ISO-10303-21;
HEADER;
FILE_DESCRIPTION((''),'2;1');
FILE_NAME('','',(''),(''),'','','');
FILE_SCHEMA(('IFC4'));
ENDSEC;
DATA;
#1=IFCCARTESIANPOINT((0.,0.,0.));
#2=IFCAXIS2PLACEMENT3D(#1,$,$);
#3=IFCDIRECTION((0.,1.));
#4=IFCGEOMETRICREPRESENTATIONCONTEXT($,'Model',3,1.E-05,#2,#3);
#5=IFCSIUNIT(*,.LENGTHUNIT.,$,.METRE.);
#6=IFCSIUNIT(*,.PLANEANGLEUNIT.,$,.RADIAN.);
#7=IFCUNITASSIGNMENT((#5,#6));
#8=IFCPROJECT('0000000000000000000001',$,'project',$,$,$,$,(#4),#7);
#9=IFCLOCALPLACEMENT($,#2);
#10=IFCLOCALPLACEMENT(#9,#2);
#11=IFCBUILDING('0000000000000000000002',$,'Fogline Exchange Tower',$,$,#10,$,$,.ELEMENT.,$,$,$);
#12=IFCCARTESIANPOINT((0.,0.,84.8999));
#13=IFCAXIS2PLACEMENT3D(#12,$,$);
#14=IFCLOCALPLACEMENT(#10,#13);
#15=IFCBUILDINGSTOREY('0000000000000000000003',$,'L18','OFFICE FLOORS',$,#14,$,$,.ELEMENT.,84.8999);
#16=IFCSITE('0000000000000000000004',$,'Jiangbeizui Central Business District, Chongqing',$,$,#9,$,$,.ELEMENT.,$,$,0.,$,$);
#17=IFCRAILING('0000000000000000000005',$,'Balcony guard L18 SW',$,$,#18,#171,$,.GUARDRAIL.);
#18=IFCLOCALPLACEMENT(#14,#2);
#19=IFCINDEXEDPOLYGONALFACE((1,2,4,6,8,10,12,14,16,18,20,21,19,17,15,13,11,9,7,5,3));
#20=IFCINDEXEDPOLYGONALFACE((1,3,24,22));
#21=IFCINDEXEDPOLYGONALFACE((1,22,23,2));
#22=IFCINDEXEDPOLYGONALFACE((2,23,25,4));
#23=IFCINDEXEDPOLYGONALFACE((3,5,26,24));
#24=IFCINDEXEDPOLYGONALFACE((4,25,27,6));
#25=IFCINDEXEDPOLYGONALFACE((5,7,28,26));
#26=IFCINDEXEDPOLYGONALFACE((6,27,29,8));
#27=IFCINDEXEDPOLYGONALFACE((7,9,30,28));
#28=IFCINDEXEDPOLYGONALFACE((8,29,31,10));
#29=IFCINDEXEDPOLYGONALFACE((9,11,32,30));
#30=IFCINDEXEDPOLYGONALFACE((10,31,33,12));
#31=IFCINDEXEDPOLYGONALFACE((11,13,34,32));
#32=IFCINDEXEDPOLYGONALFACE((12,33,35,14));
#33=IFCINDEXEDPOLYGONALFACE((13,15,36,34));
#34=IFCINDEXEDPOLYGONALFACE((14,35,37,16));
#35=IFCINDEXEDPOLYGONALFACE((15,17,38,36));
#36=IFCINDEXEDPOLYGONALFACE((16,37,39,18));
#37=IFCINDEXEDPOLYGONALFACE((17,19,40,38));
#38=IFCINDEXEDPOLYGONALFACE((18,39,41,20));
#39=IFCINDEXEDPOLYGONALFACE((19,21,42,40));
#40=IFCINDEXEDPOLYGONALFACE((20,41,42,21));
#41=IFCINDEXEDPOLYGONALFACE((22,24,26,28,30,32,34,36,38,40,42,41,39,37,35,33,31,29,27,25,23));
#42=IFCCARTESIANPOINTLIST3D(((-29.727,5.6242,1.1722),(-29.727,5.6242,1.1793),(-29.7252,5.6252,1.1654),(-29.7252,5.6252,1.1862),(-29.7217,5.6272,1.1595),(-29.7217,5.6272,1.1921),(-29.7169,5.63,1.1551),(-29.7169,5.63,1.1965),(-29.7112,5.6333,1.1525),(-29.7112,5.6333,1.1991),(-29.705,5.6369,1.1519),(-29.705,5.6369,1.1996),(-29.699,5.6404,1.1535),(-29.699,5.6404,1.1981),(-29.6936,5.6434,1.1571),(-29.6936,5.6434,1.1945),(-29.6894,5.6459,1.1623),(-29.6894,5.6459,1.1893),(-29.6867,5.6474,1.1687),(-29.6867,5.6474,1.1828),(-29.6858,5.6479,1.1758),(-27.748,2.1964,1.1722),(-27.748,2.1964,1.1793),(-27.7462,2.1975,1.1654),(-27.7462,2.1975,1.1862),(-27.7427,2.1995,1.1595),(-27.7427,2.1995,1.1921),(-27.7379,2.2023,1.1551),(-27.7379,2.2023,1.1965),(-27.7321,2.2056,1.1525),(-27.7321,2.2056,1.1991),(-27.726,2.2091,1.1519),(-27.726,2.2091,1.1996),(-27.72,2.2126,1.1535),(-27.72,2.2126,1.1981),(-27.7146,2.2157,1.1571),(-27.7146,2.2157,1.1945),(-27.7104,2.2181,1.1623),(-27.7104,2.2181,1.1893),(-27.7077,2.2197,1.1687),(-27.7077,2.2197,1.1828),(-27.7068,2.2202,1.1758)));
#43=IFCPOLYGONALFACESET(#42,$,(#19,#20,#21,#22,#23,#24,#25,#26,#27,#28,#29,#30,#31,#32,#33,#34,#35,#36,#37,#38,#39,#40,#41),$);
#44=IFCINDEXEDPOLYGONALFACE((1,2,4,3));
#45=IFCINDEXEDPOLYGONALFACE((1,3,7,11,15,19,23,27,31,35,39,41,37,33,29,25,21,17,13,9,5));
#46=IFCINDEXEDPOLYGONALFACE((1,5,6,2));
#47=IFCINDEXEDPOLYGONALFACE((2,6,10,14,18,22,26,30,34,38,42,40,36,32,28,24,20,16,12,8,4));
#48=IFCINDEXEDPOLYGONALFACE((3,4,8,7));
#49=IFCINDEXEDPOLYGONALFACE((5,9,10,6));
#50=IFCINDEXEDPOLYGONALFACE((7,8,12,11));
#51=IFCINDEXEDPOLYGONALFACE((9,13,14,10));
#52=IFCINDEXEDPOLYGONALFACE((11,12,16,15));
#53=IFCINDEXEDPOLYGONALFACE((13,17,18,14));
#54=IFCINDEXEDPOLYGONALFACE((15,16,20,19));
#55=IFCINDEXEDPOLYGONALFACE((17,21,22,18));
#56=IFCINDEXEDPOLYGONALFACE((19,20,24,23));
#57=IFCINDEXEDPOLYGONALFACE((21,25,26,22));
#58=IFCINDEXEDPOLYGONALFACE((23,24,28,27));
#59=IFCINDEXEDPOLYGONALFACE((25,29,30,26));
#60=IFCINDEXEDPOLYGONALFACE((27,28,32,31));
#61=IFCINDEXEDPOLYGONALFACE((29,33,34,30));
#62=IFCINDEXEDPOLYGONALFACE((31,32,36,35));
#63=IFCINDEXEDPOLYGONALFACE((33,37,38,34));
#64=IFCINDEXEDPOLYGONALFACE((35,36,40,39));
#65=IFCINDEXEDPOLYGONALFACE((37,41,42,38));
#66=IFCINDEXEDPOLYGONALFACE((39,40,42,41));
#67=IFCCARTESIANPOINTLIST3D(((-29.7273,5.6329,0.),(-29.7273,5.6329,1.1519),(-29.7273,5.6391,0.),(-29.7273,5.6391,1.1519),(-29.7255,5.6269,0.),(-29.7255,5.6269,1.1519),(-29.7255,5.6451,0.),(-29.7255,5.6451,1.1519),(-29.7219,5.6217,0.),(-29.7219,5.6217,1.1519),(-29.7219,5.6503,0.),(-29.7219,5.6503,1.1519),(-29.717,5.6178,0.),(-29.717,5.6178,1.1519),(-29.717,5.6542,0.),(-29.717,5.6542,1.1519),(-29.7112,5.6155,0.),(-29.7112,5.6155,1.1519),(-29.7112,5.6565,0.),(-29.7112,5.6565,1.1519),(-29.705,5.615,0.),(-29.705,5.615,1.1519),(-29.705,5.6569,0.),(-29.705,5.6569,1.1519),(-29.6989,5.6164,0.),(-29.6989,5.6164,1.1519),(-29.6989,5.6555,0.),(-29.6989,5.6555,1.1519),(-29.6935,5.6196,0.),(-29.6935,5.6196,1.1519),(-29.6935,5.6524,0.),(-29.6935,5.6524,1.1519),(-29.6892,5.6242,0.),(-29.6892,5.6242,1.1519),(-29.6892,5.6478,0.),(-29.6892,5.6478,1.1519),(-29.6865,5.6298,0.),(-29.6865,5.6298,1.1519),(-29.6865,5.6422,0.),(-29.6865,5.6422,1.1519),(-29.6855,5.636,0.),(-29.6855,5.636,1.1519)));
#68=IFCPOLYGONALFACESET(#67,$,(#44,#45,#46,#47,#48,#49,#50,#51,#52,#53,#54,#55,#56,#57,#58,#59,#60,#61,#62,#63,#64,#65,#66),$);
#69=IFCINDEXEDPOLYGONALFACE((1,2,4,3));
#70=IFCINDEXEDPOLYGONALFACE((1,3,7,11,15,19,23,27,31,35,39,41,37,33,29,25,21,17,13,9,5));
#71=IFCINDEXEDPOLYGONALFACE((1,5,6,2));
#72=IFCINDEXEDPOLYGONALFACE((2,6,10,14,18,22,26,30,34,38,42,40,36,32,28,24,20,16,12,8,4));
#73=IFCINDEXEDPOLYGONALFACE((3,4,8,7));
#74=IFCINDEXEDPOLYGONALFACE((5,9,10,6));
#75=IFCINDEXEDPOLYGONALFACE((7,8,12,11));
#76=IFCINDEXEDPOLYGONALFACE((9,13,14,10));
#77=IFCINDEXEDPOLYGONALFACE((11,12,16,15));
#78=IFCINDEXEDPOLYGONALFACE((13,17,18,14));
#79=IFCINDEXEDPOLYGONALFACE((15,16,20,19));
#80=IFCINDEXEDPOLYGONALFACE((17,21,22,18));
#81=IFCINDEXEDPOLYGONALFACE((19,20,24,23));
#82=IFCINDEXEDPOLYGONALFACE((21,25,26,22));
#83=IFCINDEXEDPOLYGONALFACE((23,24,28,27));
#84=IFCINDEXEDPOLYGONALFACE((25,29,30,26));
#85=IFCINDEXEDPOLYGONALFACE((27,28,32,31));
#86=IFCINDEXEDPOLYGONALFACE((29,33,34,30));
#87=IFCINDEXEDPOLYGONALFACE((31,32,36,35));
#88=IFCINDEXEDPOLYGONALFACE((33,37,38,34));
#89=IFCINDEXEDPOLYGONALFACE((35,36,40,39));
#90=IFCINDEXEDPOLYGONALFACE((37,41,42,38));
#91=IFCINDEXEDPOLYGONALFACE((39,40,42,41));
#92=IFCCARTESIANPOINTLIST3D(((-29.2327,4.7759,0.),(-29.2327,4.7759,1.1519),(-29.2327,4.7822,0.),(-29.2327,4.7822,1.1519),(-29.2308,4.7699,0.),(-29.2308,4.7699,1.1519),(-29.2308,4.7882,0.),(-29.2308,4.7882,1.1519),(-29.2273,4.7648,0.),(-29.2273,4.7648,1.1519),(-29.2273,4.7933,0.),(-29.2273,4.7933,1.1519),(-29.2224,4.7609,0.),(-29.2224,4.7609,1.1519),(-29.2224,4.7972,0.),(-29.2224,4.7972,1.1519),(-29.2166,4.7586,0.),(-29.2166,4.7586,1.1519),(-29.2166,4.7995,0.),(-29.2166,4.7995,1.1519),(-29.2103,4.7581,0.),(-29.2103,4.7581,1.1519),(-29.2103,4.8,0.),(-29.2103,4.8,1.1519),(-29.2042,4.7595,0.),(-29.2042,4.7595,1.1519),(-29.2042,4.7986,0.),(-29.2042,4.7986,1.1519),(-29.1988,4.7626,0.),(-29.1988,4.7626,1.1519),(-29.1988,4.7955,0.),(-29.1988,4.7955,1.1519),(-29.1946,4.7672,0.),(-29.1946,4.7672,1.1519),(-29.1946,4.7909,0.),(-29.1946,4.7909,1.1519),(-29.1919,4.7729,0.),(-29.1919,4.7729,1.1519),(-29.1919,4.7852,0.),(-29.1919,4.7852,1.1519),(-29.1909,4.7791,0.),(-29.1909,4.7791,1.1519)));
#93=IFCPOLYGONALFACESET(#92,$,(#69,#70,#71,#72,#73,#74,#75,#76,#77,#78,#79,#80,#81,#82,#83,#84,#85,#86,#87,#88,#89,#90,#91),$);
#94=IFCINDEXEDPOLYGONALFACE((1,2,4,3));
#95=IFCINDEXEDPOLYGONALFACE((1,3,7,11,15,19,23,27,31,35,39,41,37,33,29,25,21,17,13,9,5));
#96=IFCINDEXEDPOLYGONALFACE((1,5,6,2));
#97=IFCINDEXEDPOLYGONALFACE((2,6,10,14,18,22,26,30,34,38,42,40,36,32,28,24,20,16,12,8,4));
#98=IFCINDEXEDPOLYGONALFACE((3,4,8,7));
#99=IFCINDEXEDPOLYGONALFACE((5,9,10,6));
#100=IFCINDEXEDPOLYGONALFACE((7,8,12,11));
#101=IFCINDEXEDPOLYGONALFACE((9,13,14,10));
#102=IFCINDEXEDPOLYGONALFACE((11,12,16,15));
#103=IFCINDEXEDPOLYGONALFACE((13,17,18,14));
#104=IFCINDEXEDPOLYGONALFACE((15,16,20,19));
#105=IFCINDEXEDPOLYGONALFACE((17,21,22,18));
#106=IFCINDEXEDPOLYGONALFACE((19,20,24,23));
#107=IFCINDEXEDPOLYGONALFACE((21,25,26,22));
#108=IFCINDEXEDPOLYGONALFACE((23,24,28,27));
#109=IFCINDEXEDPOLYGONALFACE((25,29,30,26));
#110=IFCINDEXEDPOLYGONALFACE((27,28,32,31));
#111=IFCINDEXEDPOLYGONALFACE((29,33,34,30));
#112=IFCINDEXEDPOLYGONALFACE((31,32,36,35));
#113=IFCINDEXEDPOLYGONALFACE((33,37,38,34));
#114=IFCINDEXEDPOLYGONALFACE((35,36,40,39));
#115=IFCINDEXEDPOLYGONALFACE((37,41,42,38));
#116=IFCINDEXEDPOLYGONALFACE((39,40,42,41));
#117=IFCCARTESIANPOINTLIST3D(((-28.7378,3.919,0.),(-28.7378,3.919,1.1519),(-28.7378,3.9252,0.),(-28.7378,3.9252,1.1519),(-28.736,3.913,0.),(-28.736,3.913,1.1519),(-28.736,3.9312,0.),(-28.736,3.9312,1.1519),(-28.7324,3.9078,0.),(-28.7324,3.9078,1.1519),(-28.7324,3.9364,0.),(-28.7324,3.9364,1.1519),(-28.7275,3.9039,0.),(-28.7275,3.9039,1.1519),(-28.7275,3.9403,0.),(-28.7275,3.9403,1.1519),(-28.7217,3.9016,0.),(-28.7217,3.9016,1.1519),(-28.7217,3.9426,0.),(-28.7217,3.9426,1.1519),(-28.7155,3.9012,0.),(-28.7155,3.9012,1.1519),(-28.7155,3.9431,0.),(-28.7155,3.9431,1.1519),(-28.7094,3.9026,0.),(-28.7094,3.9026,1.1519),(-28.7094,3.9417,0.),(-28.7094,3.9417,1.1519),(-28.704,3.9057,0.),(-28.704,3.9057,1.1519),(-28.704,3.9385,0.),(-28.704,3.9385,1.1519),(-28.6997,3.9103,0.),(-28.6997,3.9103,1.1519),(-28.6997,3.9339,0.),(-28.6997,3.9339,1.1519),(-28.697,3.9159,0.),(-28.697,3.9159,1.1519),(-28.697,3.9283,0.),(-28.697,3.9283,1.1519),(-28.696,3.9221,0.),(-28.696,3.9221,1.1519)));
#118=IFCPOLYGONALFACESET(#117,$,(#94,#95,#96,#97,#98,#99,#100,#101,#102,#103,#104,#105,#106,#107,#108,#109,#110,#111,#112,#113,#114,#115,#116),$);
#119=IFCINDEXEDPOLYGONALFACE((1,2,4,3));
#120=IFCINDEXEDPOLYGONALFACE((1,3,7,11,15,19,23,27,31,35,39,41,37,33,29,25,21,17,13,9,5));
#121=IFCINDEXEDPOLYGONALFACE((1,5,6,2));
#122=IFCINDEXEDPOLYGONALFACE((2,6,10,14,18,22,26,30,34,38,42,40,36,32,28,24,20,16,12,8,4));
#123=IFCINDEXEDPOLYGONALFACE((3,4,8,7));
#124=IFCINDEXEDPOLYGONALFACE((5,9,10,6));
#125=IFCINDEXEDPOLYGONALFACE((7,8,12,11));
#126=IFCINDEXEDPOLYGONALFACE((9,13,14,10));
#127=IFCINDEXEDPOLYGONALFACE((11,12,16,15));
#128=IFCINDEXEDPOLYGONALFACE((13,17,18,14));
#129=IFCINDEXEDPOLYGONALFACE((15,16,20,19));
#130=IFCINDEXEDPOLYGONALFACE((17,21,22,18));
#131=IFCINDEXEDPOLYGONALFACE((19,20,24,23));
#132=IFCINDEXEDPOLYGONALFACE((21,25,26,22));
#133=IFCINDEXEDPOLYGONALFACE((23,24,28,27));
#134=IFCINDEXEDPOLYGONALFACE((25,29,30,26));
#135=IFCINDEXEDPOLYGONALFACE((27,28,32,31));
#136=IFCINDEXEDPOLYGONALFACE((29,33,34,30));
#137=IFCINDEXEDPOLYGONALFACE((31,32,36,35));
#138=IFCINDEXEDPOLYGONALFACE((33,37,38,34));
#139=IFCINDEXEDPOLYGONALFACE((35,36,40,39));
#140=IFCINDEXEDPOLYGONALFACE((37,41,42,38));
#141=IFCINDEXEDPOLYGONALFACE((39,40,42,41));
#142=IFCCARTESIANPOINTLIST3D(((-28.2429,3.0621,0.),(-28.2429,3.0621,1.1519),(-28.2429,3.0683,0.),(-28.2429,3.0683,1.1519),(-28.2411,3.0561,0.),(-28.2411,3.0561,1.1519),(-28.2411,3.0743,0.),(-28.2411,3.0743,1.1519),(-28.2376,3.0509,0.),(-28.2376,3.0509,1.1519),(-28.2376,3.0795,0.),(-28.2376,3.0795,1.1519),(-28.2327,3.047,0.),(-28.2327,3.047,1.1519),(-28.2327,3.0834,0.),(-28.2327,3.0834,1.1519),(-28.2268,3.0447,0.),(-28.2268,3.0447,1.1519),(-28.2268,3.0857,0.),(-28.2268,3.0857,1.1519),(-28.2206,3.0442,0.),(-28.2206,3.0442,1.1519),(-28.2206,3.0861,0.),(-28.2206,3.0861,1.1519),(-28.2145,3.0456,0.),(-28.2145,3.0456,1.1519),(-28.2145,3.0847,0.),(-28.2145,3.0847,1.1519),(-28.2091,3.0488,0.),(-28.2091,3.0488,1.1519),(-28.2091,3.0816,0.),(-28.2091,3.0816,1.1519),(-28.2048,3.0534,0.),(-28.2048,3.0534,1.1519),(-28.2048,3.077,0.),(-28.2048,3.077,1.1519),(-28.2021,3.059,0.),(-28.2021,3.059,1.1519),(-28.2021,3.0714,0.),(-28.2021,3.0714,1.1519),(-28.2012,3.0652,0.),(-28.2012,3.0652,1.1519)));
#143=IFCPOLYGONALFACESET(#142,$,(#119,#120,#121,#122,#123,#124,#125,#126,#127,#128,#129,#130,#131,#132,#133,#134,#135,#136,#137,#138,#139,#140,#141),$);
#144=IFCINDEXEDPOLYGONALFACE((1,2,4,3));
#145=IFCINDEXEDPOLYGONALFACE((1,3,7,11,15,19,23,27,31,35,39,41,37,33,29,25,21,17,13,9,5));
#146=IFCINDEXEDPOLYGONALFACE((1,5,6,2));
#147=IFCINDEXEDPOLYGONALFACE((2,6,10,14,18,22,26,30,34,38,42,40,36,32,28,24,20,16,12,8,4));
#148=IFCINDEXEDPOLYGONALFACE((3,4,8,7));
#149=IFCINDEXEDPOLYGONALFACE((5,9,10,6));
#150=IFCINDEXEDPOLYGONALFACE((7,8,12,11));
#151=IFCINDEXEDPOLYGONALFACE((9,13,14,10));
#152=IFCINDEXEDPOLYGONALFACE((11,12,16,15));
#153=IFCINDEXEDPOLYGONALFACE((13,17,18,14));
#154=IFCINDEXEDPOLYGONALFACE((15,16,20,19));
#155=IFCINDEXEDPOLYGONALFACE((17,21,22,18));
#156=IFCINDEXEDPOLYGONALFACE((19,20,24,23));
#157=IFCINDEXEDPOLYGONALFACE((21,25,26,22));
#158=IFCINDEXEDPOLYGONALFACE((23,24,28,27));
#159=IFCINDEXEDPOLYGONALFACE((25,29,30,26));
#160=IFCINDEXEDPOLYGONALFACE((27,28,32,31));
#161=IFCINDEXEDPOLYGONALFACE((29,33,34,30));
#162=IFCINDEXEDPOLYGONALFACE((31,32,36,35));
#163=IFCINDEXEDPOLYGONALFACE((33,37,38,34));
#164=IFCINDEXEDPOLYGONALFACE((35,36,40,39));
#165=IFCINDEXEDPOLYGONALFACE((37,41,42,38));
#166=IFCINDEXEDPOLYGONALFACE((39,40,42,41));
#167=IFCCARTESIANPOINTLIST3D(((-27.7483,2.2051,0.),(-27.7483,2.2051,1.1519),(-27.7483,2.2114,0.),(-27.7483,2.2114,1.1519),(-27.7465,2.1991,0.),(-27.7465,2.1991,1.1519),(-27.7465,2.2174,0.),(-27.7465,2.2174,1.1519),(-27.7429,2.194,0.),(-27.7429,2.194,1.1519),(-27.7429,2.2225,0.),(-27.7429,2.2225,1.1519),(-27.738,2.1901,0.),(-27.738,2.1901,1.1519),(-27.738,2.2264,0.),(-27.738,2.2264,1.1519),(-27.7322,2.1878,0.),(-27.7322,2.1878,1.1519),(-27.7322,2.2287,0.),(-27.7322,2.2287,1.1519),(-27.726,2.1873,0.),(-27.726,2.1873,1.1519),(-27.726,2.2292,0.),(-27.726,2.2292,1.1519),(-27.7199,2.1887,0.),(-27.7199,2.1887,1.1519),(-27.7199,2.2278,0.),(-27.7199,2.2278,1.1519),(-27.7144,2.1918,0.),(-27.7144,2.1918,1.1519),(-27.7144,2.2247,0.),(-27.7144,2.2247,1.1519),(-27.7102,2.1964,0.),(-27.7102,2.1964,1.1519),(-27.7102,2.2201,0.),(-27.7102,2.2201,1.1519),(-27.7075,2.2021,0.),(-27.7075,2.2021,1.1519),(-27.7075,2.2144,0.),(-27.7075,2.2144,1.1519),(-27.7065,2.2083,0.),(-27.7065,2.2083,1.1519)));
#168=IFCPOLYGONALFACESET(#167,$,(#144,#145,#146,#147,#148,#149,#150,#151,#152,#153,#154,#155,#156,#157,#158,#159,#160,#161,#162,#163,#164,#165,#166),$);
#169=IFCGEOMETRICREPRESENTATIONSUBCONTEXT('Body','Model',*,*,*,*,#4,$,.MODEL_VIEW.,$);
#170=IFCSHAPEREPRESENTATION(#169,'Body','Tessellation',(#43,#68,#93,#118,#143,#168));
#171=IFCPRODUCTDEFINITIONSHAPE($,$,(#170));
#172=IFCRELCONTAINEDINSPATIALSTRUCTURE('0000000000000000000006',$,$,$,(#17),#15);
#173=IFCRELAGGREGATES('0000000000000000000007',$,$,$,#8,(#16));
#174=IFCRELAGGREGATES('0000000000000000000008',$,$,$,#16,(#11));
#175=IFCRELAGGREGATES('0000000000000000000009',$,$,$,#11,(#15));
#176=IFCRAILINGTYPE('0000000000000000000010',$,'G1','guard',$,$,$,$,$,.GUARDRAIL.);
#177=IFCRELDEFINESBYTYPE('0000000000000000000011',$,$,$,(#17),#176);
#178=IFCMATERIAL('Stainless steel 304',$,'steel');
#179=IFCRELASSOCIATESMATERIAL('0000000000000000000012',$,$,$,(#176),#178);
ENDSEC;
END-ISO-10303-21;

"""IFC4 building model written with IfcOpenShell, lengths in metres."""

from ifc_helpers import new_model, si_unit, direction, frame, origin, origin_2d, place, context, subcontext, project, spatial, circle, extrude, material, type_object, element, save


model = new_model("IFC4")

# Units and contexts
model_context = context("Model", 3, precision=1e-05, world=origin(), true_north=direction((0.0, 1.0)))
body_context = subcontext(model_context, "Body", "Model", "MODEL_VIEW")
ifc_project = project(units=[si_unit("LENGTHUNIT", "METRE"), si_unit("PLANEANGLEUNIT", "RADIAN")], contexts=[model_context])

# Site, building, storey
site_placement = place(None, origin())
site = spatial("IfcSite", under=ifc_project, at=site_placement, Name="Jiangbeizui Central Business District, Chongqing", CompositionType="ELEMENT", RefElevation=0.0)
building_placement = place(site_placement, origin())
building = spatial("IfcBuilding", under=site, at=building_placement, Name="Fogline Exchange Tower", CompositionType="ELEMENT")
storey_placement = place(building_placement, frame((0.0, 0.0, 84.8999)))
storey = spatial("IfcBuildingStorey", under=building, at=storey_placement, Name="L18", Description="OFFICE FLOORS", CompositionType="ELEMENT", Elevation=84.8999)

# Railing
ifc_material_1 = material(Name="Stainless steel 304", Category="steel")
railing_type = type_object("IfcRailingType", Name="G1", Description="guard", PredefinedType="GUARDRAIL", material=ifc_material_1)
railing_placement = place(storey_placement, frame((-29.7065, 5.636, 0.0)))
element("IfcRailing", 1, at=railing_placement, inside=storey, type_object=railing_type, Name="Balcony guard L18 SW", PredefinedType="GUARDRAIL", context=body_context, shape_type="SweptSolid", body=[
    extrude(circle(Radius=0.0239, at=origin_2d()), frame((0.0, 0.0, 1.1758), z_axis=(0.5, -0.866025, 0.0), x_axis=(0.866025, 0.5, 0.0)), (0.0, 0.0, 1.0), 3.958),
    extrude(circle(Radius=0.021, at=origin_2d()), origin(), (0.0, 0.0, 1.0), 1.1519),
    extrude(circle(Radius=0.021, at=origin_2d()), frame((0.4946, -0.8569, 0.0)), (0.0, 0.0, 1.0), 1.1519),
    extrude(circle(Radius=0.021, at=origin_2d()), frame((0.9895, -1.7139, 0.0)), (0.0, 0.0, 1.0), 1.1519),
    extrude(circle(Radius=0.021, at=origin_2d()), frame((1.4844, -2.5708, 0.0)), (0.0, 0.0, 1.0), 1.1519),
    extrude(circle(Radius=0.021, at=origin_2d()), frame((1.979, -3.4277, 0.0)), (0.0, 0.0, 1.0), 1.1519),
])

save(model, "model.ifc")
